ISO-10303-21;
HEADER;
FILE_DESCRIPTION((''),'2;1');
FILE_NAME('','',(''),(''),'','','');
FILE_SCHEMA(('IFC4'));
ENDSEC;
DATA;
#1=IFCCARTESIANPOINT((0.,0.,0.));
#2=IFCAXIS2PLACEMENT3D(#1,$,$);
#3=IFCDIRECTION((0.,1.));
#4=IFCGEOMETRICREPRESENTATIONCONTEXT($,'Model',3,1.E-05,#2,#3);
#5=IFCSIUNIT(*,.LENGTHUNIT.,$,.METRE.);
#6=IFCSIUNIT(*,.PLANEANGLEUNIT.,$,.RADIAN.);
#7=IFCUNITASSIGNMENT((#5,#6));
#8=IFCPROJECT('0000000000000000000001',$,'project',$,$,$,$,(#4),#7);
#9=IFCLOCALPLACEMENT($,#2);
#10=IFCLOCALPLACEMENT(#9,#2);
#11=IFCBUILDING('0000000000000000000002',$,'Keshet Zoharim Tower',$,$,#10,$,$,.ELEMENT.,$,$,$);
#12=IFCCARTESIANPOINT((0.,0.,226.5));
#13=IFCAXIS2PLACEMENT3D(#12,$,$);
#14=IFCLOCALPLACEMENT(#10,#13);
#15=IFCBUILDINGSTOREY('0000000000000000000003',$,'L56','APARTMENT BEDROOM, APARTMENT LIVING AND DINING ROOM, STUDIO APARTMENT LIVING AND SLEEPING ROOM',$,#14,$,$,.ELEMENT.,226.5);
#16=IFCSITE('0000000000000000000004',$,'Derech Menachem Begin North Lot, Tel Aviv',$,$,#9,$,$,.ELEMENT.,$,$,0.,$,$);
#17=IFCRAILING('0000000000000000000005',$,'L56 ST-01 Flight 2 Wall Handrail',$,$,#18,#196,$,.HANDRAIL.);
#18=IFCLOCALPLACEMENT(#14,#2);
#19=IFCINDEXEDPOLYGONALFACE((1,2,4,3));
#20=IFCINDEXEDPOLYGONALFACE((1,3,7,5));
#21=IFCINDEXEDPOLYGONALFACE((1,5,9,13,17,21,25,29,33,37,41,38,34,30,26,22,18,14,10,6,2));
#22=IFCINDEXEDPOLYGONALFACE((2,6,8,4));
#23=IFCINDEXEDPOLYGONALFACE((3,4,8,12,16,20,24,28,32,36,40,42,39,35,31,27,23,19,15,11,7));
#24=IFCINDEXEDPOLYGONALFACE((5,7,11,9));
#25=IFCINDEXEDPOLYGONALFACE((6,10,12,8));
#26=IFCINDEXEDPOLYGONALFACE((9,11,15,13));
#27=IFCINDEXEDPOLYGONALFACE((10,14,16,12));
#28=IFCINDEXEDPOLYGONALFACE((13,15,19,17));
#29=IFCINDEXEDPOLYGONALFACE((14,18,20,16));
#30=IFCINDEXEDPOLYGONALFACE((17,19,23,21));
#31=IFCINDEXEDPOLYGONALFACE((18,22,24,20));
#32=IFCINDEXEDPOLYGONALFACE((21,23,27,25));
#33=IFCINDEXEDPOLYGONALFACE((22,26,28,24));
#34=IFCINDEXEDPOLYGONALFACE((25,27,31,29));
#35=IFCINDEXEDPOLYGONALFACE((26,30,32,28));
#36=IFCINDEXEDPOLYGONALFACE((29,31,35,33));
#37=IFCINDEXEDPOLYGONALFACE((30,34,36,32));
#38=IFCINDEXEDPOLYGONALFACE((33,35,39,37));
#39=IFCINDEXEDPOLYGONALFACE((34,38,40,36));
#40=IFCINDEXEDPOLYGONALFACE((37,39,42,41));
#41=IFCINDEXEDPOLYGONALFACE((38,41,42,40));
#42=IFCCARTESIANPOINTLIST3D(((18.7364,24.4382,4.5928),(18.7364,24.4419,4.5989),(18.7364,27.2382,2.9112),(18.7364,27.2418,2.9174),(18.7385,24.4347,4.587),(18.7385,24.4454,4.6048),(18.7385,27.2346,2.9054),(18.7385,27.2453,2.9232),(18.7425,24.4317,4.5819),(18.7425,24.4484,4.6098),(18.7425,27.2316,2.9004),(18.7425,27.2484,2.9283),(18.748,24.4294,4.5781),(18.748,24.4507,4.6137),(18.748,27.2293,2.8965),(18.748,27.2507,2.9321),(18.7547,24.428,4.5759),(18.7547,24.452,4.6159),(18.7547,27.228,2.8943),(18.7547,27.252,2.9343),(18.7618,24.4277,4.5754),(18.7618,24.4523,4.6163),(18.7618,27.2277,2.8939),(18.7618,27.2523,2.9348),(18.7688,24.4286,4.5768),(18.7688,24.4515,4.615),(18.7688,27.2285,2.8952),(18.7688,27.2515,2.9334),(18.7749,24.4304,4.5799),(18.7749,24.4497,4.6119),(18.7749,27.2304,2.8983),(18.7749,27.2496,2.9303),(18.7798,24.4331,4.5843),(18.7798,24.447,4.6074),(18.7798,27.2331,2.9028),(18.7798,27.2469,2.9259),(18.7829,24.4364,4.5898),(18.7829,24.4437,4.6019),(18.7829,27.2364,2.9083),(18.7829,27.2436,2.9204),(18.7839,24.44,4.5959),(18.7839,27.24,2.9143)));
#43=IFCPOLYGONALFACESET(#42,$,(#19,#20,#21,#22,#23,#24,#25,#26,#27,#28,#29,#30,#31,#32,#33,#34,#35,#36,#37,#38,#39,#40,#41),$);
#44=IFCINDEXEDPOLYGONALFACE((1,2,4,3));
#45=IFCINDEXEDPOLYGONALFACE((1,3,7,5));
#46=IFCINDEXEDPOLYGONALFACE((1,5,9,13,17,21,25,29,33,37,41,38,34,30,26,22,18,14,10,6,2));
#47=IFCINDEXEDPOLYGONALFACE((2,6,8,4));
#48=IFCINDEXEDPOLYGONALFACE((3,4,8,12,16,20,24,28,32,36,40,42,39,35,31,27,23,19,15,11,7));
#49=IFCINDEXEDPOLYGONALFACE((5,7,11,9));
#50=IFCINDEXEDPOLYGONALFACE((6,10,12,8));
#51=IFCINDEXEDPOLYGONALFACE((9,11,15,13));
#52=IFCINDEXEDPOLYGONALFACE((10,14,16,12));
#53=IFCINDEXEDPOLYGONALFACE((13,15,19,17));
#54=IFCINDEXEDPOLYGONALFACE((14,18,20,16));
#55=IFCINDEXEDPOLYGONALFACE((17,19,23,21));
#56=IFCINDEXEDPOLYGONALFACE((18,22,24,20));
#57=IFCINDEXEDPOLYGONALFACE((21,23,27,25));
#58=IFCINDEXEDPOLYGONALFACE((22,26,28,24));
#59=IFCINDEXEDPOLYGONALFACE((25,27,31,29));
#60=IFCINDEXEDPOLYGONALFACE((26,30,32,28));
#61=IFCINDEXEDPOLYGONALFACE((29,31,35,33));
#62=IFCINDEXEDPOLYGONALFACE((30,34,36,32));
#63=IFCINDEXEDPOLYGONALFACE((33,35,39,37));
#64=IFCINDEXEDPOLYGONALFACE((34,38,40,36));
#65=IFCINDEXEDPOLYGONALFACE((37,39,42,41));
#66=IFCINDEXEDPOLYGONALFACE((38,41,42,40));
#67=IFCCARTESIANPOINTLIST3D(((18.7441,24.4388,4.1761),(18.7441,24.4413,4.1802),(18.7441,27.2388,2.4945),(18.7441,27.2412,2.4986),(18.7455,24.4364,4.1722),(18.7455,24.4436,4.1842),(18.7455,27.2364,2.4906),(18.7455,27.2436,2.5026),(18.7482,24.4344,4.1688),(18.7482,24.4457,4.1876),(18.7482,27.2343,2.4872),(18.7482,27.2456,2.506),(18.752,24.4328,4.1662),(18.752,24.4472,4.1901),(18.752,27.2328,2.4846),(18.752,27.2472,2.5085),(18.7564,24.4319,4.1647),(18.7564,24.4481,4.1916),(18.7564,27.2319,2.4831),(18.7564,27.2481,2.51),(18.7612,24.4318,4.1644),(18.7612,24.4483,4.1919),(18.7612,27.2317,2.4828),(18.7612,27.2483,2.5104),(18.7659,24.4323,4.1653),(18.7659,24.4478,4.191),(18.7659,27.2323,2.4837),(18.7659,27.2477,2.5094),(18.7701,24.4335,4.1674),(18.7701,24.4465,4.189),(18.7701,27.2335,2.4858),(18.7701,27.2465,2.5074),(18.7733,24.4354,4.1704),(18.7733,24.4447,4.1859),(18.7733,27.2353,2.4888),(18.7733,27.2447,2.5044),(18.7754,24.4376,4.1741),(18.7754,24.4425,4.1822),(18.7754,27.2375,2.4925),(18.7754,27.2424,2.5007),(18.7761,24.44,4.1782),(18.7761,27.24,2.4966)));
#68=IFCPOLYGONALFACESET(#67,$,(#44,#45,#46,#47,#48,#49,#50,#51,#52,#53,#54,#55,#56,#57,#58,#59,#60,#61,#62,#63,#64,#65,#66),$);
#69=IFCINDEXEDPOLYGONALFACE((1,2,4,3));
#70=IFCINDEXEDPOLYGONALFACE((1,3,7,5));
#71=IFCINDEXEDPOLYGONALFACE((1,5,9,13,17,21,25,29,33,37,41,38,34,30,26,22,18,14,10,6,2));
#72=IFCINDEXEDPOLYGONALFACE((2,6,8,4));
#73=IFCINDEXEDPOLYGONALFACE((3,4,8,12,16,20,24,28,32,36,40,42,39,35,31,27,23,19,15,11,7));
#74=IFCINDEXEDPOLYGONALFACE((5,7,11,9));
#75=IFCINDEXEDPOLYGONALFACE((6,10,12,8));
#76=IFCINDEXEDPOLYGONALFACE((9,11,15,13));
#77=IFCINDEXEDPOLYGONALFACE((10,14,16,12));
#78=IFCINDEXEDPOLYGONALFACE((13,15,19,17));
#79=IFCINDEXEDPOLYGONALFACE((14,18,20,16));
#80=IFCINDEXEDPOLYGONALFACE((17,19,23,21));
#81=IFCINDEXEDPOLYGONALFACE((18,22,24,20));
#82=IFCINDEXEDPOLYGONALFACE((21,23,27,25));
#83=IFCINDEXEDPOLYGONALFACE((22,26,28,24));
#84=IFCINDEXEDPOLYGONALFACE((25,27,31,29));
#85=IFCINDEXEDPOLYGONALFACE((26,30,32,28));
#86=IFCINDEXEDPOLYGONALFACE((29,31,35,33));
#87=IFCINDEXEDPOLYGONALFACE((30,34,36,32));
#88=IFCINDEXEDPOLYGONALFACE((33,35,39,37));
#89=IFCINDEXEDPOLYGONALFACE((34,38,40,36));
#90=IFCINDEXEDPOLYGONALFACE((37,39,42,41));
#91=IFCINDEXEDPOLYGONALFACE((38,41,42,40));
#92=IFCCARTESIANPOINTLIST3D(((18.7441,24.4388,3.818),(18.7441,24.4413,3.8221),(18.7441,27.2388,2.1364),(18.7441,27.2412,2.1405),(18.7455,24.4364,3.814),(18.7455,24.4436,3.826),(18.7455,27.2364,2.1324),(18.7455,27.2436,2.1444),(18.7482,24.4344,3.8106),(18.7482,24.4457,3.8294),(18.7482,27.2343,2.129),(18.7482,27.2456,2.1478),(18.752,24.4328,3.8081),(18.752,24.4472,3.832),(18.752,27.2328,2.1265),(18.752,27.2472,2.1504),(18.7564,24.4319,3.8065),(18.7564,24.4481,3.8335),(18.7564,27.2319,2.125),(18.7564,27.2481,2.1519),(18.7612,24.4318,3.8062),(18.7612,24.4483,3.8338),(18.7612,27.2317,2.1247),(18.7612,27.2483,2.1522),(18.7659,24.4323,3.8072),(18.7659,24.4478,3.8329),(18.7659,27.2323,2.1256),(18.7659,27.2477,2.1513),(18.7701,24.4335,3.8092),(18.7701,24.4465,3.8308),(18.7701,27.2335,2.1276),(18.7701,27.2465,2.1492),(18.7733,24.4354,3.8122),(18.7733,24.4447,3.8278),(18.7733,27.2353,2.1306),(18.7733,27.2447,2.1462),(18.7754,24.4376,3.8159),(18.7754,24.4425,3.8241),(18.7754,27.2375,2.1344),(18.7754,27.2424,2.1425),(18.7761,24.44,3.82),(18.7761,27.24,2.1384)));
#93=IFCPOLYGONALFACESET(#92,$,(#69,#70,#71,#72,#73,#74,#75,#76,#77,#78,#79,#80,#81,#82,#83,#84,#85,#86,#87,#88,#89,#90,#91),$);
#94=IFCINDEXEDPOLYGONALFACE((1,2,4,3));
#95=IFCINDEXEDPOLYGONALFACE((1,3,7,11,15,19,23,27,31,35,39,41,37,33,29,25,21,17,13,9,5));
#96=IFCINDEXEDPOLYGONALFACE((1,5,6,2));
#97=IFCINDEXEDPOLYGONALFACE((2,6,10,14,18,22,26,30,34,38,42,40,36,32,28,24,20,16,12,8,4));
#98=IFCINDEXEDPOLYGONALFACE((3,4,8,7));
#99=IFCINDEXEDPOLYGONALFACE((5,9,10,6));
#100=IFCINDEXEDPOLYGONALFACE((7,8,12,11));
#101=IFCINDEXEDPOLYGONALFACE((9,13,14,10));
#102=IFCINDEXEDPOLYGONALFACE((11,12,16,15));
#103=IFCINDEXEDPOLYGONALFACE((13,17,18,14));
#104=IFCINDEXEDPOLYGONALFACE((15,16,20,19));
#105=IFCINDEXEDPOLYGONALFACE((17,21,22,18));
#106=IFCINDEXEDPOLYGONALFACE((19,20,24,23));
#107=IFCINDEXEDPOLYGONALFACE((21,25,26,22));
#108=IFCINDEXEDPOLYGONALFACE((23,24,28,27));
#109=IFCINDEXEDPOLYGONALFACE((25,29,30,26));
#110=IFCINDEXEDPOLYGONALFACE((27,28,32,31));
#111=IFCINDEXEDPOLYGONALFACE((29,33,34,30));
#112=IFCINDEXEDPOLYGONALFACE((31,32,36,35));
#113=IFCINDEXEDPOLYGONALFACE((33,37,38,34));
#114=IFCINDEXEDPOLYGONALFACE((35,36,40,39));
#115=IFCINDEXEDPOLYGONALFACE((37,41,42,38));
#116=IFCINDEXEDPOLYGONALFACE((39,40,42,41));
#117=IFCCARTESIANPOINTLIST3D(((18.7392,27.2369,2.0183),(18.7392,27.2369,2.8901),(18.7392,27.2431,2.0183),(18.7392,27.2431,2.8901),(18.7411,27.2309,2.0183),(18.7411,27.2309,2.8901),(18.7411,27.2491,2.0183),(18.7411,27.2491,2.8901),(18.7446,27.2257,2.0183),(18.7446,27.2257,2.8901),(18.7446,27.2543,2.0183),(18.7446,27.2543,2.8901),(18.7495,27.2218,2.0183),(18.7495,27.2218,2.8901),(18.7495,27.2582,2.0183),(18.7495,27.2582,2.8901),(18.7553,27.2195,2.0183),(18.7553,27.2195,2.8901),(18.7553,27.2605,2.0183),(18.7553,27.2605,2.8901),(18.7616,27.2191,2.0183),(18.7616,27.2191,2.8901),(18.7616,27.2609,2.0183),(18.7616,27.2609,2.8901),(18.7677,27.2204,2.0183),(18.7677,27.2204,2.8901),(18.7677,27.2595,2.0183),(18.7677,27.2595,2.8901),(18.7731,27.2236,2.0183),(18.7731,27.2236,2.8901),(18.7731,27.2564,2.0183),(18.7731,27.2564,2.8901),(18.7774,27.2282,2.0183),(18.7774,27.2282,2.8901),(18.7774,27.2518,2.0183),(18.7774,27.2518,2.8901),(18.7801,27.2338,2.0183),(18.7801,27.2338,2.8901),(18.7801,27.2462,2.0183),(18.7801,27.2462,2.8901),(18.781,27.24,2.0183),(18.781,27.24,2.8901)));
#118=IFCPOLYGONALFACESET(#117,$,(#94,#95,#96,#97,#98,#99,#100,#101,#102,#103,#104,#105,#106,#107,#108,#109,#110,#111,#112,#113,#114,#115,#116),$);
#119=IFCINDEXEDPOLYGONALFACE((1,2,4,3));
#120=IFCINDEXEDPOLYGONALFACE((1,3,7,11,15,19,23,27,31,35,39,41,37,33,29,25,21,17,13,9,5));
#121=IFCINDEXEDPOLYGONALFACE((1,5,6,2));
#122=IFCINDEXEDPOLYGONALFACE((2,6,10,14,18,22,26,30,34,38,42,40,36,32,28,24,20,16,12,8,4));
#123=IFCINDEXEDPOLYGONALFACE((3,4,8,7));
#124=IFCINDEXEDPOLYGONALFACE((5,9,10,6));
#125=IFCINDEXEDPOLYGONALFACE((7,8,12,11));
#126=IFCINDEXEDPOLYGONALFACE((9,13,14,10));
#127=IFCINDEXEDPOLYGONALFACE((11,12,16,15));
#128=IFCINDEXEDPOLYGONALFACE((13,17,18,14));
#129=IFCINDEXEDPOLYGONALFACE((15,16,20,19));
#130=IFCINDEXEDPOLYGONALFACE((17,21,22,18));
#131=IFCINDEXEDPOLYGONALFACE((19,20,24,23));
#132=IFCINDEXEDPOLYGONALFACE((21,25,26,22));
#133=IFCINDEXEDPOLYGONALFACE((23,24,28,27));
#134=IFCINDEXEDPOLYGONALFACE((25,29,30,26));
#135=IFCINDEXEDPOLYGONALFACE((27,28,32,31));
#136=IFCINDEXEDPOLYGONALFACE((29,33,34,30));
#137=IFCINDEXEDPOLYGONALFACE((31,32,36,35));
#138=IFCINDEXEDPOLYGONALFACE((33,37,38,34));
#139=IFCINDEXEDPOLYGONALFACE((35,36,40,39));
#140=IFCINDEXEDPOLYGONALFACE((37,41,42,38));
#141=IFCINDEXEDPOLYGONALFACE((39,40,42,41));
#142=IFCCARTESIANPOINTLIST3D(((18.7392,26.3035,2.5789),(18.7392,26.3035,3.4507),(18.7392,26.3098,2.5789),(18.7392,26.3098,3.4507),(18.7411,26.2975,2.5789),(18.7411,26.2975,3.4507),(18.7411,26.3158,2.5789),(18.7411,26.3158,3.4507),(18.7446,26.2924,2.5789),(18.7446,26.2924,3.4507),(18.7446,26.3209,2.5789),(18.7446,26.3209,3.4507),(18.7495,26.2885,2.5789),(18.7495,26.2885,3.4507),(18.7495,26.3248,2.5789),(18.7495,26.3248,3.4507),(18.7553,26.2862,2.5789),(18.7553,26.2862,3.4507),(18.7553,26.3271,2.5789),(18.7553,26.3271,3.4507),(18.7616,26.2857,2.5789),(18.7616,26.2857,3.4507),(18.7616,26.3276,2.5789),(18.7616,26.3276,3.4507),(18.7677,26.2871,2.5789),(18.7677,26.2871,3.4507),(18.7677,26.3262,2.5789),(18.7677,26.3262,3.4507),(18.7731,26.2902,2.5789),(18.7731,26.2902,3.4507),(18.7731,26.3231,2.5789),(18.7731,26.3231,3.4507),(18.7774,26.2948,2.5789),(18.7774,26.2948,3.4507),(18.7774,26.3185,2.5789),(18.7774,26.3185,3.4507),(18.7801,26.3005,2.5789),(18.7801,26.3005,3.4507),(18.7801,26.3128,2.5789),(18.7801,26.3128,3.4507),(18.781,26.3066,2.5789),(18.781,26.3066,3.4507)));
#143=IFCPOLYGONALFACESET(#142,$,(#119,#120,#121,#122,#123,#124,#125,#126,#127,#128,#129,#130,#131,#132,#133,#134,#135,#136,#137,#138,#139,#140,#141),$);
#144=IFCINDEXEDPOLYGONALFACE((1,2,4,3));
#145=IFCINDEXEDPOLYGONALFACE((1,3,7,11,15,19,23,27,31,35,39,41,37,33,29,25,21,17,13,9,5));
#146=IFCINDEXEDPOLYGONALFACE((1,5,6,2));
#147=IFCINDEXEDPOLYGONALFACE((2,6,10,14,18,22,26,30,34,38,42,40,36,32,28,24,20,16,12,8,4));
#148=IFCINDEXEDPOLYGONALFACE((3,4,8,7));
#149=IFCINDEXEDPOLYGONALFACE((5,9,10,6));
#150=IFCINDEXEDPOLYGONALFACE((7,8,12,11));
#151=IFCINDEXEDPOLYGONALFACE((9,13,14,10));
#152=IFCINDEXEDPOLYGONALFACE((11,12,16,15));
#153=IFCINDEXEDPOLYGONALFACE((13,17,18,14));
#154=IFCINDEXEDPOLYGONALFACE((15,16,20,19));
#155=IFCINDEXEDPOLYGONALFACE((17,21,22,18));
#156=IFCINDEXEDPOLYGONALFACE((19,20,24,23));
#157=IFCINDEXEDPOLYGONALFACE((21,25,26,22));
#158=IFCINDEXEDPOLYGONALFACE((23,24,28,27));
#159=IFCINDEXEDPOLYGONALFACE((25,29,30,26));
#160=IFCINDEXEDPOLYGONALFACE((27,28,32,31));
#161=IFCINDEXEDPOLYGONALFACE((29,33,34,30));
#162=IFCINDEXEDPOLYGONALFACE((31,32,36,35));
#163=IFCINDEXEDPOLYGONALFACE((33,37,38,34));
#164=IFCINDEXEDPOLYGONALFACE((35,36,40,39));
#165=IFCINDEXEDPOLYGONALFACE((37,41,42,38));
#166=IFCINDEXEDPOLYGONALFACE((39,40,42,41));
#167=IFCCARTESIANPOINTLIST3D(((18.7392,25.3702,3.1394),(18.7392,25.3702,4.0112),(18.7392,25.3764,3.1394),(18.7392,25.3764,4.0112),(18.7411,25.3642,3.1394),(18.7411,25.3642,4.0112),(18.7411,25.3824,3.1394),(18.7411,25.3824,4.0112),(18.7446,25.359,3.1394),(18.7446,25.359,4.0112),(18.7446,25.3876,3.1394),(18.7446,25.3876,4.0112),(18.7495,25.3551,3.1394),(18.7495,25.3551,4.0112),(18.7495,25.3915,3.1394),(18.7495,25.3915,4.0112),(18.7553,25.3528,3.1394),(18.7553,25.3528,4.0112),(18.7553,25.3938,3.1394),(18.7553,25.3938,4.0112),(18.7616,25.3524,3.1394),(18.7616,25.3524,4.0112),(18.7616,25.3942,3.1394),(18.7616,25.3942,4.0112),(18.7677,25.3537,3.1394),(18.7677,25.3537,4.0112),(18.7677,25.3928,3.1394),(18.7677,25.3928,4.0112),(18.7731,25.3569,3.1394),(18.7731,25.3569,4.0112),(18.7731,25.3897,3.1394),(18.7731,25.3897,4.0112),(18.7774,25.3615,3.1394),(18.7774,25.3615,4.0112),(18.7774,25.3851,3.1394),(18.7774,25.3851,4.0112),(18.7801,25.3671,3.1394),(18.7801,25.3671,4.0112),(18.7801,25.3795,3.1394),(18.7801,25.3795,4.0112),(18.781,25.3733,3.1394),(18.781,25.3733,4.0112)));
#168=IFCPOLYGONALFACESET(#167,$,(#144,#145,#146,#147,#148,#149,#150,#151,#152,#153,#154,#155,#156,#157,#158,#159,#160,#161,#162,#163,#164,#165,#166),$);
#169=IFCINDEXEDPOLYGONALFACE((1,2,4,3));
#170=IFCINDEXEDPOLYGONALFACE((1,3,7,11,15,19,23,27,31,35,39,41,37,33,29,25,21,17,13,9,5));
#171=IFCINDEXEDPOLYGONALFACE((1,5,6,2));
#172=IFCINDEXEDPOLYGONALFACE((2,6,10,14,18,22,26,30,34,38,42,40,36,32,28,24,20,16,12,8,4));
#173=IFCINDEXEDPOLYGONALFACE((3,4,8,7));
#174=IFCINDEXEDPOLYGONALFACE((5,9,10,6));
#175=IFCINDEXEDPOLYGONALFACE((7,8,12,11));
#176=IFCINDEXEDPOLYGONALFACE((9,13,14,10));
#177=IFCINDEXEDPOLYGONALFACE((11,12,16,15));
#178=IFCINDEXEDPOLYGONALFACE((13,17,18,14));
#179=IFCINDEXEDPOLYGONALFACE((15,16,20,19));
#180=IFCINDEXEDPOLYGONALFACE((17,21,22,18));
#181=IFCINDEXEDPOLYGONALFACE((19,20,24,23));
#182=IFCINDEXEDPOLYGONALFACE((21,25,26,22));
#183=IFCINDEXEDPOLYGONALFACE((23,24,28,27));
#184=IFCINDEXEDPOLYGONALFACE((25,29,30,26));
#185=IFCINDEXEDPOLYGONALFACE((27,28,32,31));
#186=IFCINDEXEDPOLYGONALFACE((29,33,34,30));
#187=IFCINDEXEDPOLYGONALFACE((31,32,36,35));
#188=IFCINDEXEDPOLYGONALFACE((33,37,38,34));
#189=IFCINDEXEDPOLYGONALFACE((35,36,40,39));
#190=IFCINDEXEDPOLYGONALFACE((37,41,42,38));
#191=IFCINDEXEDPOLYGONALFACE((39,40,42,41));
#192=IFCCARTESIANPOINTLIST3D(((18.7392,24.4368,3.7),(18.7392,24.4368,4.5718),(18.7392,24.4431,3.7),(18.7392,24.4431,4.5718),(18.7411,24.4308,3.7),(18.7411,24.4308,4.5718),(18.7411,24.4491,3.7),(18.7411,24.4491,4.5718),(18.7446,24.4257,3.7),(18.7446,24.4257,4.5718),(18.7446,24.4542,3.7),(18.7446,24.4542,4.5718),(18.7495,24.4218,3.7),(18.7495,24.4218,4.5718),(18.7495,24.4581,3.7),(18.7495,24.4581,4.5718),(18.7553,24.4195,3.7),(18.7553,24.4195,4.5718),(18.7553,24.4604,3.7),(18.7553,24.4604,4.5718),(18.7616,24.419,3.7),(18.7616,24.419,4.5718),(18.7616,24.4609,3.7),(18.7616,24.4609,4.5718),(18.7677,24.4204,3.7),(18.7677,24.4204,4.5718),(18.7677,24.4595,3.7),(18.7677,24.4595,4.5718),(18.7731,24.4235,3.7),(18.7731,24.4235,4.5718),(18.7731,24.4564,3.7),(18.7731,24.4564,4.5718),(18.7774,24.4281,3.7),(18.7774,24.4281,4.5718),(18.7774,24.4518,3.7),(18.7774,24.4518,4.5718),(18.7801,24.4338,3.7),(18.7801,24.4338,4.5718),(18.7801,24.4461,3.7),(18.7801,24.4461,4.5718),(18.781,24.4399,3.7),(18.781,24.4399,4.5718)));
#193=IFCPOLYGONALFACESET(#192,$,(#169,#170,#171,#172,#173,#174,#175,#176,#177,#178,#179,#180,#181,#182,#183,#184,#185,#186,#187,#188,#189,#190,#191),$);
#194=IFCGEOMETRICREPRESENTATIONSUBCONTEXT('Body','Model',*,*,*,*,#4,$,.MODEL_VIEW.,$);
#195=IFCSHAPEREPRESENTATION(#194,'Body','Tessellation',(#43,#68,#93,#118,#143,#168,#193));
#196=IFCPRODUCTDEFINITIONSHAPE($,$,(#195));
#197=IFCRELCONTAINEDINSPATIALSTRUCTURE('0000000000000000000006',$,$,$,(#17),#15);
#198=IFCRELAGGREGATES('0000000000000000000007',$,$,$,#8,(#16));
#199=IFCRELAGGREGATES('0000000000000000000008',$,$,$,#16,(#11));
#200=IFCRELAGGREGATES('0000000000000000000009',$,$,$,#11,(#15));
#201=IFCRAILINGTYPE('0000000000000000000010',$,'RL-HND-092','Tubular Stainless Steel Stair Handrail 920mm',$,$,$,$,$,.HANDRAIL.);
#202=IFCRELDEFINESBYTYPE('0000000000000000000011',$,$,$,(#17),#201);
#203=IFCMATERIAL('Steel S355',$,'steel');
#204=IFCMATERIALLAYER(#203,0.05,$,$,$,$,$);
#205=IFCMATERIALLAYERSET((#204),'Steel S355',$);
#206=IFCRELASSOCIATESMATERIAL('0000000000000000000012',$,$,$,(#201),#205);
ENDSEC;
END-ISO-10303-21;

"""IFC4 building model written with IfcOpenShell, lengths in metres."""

from ifc_helpers import new_model, si_unit, direction, frame, origin, origin_2d, place, context, subcontext, project, spatial, circle, extrude, material, layer, layer_set, type_object, element, save


model = new_model("IFC4")

# Units and contexts
model_context = context("Model", 3, precision=1e-05, world=origin(), true_north=direction((0.0, 1.0)))
body_context = subcontext(model_context, "Body", "Model", "MODEL_VIEW")
ifc_project = project(units=[si_unit("LENGTHUNIT", "METRE"), si_unit("PLANEANGLEUNIT", "RADIAN")], contexts=[model_context])

# Site, building, storey
site_placement = place(None, origin())
site = spatial("IfcSite", under=ifc_project, at=site_placement, Name="Derech Menachem Begin North Lot, Tel Aviv", CompositionType="ELEMENT", RefElevation=0.0)
building_placement = place(site_placement, origin())
building = spatial("IfcBuilding", under=site, at=building_placement, Name="Keshet Zoharim Tower", CompositionType="ELEMENT")
storey_placement = place(building_placement, frame((0.0, 0.0, 226.5)))
storey = spatial("IfcBuildingStorey", under=building, at=storey_placement, Name="L56", Description="APARTMENT BEDROOM, APARTMENT LIVING AND DINING ROOM, STUDIO APARTMENT LIVING AND SLEEPING ROOM", CompositionType="ELEMENT", Elevation=226.5)

# Shared definitions
ifc_material_1 = material(Name="Steel S355", Category="steel")

# Railing
ifc_layer_1 = layer(ifc_material_1, 0.05)
ifc_layer_set_1 = layer_set([ifc_layer_1], Name="Steel S355")
railing_type_1 = type_object("IfcRailingType", Name="RL-HND-092", Description="Tubular Stainless Steel Stair Handrail 920mm", PredefinedType="HANDRAIL", material=ifc_layer_set_1)
railing_1_placement = place(storey_placement, frame((18.76, 27.24, 2.0183)))
element("IfcRailing", 1, at=railing_1_placement, inside=storey, type_object=railing_type_1, Name="L56 ST-01 Flight 2 Wall Handrail", PredefinedType="HANDRAIL", context=body_context, shape_type="SweptSolid", body=[
    extrude(circle(Radius=0.0239, at=origin_2d()), frame((0.0, 0.0, 0.896), z_axis=(0.0, -0.857275, 0.514858), x_axis=(1.0, 0.0, 0.0)), (0.0, 0.0, 1.0), 3.2661),
    extrude(circle(Radius=0.0161, at=origin_2d()), frame((0.0, 0.0, 0.4783), z_axis=(0.0, -0.857275, 0.514858), x_axis=(1.0, 0.0, 0.0)), (0.0, 0.0, 1.0), 3.2661),
    extrude(circle(Radius=0.0161, at=origin_2d()), frame((0.0, 0.0, 0.1201), z_axis=(0.0, -0.857275, 0.514858), x_axis=(1.0, 0.0, 0.0)), (0.0, 0.0, 1.0), 3.2661),
    extrude(circle(Radius=0.021, at=origin_2d()), origin(), (0.0, 0.0, 1.0), 0.8718),
    extrude(circle(Radius=0.021, at=origin_2d()), frame((0.0, -0.9333, 0.5605)), (0.0, 0.0, 1.0), 0.8718),
    extrude(circle(Radius=0.021, at=origin_2d()), frame((0.0, -1.8667, 1.1211)), (0.0, 0.0, 1.0), 0.8718),
    extrude(circle(Radius=0.021, at=origin_2d()), frame((0.0, -2.8, 1.6816)), (0.0, 0.0, 1.0), 0.8718),
])

save(model, "model.ifc")
